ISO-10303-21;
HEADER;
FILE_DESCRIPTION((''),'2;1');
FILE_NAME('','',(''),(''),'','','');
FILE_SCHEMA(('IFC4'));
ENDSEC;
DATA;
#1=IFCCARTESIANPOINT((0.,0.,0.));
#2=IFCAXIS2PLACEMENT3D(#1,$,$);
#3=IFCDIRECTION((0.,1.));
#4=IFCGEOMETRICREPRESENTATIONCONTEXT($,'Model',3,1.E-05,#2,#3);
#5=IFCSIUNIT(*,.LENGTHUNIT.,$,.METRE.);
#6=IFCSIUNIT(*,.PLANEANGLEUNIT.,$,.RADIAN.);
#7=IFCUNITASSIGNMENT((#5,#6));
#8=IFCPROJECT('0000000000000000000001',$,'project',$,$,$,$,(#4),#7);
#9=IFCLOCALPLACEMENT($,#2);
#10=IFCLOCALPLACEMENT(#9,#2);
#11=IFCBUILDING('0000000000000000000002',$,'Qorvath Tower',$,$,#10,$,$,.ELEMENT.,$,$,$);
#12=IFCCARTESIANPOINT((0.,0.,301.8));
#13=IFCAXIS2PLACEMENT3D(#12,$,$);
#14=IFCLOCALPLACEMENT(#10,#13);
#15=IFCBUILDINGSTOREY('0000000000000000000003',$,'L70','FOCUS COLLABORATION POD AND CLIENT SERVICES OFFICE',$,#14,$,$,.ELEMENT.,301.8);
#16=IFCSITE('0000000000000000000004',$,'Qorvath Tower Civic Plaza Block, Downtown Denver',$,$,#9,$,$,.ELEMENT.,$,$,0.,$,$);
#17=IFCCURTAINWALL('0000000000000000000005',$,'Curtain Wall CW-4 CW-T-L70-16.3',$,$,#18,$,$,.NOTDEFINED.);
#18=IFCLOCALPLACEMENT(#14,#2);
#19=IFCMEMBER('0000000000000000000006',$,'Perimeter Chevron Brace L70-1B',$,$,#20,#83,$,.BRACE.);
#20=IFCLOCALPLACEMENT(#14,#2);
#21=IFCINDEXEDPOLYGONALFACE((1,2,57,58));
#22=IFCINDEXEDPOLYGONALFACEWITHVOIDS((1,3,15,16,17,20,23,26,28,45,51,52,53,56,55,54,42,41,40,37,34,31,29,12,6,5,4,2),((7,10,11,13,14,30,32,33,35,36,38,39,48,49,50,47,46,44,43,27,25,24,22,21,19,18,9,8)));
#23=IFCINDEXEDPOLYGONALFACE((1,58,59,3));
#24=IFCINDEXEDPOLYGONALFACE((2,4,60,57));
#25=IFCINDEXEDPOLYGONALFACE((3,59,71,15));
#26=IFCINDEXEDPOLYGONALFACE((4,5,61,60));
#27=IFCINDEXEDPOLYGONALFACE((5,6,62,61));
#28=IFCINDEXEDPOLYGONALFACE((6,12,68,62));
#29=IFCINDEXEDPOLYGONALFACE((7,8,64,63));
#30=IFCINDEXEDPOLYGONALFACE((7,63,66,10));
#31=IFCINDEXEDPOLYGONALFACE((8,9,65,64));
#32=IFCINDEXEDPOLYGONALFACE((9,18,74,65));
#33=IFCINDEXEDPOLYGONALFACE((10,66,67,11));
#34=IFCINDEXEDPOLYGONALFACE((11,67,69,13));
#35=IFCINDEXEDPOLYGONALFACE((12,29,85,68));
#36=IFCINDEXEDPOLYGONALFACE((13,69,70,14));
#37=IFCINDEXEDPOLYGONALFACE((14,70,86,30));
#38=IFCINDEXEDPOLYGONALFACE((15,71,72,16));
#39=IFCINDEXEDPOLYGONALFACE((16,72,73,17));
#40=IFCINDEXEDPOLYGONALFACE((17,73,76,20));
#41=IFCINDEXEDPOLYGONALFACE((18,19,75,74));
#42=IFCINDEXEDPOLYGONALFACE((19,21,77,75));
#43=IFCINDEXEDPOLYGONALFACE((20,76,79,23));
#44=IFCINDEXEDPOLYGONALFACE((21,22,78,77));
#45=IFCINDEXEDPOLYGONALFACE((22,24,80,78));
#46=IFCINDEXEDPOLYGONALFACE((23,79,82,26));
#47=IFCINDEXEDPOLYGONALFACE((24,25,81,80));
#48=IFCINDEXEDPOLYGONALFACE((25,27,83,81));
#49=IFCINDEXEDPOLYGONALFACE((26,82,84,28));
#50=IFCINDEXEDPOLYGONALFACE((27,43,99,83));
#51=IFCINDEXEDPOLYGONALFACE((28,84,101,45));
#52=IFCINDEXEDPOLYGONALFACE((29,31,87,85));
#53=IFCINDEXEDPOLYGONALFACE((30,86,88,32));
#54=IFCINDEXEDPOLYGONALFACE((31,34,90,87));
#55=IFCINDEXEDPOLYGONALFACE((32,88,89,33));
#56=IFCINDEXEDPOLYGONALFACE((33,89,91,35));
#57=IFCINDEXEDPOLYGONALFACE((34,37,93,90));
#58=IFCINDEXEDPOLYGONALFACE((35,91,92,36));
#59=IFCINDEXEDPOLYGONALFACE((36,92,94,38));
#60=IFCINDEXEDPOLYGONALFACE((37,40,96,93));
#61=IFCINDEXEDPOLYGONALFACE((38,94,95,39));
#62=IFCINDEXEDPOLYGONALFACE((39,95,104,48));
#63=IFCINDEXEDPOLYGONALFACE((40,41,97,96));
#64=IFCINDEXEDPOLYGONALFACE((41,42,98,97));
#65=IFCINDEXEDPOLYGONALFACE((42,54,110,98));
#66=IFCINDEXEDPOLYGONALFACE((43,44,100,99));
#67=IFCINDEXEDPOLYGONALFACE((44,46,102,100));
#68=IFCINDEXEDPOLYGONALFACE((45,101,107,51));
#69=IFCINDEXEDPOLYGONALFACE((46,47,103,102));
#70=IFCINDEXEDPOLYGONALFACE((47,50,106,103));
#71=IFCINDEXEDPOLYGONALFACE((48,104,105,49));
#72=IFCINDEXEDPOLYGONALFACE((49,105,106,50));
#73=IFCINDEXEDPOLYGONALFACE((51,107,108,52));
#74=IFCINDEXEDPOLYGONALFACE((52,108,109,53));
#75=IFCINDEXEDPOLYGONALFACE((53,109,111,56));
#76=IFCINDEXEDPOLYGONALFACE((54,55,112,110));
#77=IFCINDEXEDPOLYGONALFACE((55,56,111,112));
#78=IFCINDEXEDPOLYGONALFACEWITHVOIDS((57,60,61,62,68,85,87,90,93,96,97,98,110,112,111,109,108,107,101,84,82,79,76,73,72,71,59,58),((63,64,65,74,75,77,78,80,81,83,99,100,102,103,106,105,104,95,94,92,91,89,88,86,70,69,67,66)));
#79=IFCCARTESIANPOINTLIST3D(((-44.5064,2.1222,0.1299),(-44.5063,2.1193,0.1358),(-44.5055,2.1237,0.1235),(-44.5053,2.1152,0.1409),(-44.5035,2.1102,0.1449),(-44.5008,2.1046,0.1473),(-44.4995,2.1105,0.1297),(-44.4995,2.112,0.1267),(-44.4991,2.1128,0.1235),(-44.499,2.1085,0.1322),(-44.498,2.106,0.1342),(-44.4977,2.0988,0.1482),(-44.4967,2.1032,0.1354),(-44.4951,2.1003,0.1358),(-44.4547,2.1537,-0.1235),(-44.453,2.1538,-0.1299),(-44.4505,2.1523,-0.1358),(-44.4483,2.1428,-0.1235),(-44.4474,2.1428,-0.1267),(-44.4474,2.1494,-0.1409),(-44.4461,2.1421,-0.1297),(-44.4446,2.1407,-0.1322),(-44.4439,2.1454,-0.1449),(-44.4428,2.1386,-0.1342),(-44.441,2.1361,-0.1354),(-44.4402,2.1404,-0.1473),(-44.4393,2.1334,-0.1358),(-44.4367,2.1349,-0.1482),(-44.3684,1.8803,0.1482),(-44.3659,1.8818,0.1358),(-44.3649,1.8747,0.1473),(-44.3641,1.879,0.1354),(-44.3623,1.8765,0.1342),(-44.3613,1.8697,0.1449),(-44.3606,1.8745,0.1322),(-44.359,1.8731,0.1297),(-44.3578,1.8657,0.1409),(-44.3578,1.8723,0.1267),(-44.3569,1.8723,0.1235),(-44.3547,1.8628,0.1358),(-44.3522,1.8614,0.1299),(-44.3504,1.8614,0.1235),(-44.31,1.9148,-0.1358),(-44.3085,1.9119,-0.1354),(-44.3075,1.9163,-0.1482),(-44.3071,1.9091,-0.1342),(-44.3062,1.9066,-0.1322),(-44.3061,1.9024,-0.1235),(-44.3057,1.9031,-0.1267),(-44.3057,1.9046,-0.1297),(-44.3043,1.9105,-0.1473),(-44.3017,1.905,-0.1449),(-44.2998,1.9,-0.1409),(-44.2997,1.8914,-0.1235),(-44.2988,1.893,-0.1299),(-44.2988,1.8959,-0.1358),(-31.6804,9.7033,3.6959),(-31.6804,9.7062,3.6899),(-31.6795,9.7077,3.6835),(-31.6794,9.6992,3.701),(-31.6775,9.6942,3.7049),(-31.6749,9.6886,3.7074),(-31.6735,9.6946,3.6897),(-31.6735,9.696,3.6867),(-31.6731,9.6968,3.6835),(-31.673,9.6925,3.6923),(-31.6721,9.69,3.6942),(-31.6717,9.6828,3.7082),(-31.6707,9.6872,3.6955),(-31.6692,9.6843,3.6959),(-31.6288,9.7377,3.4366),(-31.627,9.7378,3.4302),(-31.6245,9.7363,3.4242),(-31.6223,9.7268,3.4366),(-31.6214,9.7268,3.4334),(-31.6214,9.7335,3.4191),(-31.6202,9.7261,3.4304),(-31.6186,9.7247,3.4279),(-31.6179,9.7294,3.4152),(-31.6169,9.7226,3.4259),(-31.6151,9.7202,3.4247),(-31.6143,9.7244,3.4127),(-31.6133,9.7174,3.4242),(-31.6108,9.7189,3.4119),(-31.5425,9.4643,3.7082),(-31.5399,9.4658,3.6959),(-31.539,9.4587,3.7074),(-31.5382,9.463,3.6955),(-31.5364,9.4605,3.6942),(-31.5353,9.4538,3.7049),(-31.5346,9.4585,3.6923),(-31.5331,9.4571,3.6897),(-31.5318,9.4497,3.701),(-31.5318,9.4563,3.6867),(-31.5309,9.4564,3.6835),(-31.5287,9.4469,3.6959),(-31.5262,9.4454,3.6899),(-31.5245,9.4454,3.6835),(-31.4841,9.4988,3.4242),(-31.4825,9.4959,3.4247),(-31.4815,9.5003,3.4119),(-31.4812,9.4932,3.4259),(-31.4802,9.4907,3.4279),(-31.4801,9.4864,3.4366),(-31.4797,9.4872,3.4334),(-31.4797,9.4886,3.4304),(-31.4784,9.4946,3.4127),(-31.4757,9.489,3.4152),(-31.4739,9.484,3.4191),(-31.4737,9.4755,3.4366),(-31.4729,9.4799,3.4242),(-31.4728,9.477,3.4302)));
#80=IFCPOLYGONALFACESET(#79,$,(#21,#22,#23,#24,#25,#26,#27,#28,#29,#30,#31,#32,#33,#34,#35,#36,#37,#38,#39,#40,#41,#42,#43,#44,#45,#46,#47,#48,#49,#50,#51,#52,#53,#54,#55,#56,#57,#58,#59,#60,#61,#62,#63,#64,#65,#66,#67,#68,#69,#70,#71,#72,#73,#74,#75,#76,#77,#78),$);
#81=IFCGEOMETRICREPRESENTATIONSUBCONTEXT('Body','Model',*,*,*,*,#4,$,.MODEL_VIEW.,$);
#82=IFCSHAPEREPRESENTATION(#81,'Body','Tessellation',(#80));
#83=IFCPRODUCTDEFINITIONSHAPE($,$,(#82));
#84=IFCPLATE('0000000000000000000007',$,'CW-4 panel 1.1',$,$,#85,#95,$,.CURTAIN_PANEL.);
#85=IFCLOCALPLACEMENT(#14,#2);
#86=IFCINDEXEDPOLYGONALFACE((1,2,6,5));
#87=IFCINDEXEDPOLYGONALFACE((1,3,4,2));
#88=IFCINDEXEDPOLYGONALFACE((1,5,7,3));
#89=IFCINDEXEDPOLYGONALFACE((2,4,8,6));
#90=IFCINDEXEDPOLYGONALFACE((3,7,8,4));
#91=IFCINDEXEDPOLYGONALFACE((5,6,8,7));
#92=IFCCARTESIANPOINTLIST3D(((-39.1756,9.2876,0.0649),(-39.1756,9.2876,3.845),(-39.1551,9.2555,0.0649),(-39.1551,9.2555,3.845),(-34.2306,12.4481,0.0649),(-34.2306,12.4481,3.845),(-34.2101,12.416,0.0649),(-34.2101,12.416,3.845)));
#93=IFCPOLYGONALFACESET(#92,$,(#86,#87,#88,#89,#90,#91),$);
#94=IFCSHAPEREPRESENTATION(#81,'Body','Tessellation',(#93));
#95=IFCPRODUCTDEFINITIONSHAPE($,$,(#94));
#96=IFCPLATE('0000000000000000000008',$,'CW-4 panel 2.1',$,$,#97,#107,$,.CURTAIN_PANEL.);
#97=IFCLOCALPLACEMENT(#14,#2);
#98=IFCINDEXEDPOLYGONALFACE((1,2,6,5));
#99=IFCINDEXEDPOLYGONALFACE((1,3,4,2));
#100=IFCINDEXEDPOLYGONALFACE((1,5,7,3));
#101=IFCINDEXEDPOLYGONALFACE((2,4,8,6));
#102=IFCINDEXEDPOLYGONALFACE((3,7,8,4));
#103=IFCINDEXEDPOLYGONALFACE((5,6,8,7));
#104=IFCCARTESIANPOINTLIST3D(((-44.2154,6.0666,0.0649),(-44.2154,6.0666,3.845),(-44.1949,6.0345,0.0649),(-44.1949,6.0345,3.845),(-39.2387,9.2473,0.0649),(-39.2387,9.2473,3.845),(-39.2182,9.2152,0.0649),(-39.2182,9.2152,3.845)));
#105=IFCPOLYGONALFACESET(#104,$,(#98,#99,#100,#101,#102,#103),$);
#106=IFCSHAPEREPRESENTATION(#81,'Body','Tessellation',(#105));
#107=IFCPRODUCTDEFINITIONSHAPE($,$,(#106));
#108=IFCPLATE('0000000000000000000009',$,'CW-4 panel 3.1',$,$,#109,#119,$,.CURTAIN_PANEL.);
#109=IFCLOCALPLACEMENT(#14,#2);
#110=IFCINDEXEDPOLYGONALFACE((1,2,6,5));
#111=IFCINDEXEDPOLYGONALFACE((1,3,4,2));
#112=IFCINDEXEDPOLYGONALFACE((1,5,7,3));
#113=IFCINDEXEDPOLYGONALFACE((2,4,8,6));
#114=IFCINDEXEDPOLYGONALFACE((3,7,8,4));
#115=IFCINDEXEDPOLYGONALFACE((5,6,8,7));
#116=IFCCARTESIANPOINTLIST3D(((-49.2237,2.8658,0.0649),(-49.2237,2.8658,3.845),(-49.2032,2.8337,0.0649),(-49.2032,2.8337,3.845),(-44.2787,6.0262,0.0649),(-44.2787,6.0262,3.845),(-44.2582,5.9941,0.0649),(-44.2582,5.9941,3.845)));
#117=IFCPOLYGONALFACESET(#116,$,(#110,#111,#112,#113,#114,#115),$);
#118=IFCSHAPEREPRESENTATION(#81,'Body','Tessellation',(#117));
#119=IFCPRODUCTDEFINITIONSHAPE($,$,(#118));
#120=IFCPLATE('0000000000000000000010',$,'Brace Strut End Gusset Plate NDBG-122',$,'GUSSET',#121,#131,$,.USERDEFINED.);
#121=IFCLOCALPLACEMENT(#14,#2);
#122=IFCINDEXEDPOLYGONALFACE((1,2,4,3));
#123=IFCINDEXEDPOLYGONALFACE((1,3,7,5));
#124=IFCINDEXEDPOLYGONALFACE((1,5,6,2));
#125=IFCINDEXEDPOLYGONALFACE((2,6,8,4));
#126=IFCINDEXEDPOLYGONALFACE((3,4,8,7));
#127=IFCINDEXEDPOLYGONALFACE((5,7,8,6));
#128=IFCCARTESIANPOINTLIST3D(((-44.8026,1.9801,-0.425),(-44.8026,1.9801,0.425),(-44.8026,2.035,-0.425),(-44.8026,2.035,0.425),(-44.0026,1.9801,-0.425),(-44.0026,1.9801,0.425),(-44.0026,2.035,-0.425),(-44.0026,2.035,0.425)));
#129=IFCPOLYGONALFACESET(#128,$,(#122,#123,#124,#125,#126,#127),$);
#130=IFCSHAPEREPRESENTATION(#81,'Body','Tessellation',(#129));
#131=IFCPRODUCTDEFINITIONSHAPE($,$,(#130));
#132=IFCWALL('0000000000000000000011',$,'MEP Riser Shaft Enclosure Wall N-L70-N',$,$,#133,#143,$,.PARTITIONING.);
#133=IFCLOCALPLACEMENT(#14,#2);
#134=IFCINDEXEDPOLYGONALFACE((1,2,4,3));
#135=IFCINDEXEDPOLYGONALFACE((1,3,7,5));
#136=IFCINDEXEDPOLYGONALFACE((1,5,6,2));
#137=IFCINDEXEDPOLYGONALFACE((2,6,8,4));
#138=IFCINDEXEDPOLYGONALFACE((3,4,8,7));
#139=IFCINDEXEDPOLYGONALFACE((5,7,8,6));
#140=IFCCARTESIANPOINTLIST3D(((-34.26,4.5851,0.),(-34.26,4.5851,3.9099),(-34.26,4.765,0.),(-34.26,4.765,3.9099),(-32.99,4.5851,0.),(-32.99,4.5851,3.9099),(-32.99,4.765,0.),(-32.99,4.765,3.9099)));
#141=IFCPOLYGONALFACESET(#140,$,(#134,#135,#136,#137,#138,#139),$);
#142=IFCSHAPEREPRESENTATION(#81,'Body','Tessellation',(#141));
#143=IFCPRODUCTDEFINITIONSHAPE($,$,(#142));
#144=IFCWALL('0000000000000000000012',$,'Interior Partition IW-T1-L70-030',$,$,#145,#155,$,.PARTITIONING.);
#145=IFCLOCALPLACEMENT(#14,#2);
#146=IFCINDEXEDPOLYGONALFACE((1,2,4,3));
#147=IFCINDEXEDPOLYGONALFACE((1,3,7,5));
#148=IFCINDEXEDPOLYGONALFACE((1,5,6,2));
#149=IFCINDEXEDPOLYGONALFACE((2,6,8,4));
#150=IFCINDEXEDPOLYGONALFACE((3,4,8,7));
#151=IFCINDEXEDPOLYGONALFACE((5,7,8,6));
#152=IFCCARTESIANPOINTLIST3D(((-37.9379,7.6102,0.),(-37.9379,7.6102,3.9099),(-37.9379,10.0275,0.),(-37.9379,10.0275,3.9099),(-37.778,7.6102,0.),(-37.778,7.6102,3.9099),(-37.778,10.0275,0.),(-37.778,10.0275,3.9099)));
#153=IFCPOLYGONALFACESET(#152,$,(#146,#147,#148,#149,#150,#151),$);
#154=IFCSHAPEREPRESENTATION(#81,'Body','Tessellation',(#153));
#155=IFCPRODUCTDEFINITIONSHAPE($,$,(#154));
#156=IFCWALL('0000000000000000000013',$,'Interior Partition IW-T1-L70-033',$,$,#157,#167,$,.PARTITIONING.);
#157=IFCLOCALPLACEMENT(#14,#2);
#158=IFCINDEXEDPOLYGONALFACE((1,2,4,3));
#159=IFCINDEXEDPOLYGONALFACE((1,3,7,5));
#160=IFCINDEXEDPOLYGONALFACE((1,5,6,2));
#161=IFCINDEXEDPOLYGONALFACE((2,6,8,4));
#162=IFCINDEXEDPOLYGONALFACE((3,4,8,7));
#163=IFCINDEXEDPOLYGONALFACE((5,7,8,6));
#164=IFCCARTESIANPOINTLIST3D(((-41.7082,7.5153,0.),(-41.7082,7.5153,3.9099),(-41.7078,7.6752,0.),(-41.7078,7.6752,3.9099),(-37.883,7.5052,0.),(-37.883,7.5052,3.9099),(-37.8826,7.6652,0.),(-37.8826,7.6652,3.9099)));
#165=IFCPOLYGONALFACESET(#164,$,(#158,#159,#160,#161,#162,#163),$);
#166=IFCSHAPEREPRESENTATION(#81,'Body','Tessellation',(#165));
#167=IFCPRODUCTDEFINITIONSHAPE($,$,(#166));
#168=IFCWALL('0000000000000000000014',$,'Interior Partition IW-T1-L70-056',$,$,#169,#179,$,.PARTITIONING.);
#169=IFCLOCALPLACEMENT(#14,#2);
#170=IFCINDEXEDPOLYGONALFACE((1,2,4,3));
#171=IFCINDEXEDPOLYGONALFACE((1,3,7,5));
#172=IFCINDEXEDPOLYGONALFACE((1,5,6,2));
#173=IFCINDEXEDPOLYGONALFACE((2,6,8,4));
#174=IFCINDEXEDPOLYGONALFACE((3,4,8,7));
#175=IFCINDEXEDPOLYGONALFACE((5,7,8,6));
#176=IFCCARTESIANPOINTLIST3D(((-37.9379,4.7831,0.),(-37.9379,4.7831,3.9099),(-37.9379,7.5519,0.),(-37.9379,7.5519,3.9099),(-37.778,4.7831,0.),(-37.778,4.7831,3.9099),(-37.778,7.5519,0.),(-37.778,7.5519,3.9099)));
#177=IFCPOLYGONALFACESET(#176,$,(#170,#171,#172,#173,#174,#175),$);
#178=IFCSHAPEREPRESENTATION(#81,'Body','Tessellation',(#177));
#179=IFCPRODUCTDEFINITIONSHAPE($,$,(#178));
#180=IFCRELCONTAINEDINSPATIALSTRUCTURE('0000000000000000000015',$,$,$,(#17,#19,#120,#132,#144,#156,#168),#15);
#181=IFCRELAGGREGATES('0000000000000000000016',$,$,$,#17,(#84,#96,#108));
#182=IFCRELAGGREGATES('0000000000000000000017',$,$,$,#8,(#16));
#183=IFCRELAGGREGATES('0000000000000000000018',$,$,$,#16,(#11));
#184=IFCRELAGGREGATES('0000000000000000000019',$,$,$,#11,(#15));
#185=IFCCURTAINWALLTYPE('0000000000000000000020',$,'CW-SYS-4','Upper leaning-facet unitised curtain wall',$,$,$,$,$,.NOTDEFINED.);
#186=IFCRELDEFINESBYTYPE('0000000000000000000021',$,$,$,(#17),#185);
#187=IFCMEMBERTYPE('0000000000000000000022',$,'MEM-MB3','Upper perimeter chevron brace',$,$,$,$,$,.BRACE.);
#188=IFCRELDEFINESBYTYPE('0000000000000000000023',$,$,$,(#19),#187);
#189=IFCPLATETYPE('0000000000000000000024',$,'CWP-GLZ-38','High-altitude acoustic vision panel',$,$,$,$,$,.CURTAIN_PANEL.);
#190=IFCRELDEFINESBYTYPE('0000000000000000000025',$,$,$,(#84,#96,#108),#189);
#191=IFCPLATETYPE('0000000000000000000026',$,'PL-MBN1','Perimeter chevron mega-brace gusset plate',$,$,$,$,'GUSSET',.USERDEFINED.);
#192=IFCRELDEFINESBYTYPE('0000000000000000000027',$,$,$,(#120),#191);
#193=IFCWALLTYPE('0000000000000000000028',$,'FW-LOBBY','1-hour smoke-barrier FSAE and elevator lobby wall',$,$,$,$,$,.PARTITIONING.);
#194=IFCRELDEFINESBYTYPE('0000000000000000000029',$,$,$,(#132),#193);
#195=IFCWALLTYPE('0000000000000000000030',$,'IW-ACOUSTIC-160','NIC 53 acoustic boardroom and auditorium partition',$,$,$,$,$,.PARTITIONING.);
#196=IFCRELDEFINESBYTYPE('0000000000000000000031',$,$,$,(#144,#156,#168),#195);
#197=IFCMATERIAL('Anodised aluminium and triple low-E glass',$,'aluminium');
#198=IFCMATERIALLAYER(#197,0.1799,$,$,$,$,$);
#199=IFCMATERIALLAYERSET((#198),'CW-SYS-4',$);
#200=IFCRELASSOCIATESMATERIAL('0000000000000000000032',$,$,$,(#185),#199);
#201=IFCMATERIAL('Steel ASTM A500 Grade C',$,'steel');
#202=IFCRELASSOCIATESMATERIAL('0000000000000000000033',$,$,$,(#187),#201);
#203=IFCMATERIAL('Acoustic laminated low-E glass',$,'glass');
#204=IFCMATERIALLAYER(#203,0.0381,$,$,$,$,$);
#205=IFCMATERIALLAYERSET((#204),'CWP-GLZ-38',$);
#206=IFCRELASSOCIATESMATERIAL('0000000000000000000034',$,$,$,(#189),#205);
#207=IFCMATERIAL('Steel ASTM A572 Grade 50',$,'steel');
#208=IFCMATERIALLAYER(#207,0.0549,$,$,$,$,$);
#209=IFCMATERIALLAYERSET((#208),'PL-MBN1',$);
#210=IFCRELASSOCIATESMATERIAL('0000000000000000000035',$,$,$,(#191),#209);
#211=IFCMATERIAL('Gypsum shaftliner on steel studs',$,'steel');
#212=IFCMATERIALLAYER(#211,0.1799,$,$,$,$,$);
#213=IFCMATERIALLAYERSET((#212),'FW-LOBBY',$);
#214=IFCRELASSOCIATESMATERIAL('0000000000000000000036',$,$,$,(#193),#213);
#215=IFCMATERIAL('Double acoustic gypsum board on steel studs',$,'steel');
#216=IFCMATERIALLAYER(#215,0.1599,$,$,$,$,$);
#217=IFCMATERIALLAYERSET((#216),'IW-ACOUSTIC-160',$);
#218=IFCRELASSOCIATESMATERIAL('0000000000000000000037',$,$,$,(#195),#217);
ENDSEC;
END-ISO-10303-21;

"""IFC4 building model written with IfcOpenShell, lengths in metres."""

from ifc_helpers import new_model, si_unit, direction, frame, frame_2d, origin, origin_2d, place, context, subcontext, project, spatial, rectangle, hollow_rectangle, extrude, material, layer, layer_set, material_profile, profile_set, type_object, element, aggregate, save


model = new_model("IFC4")

# Units and contexts
model_context = context("Model", 3, precision=1e-05, world=origin(), true_north=direction((0.0, 1.0)))
body_context = subcontext(model_context, "Body", "Model", "MODEL_VIEW")
ifc_project = project(units=[si_unit("LENGTHUNIT", "METRE"), si_unit("PLANEANGLEUNIT", "RADIAN")], contexts=[model_context])

# Site, building, storey
site_placement = place(None, origin())
site = spatial("IfcSite", under=ifc_project, at=site_placement, Name="Qorvath Tower Civic Plaza Block, Downtown Denver", CompositionType="ELEMENT", RefElevation=0.0)
building_placement = place(site_placement, origin())
building = spatial("IfcBuilding", under=site, at=building_placement, Name="Qorvath Tower", CompositionType="ELEMENT")
storey_placement = place(building_placement, frame((0.0, 0.0, 301.8)))
storey = spatial("IfcBuildingStorey", under=building, at=storey_placement, Name="L70", Description="FOCUS COLLABORATION POD AND CLIENT SERVICES OFFICE", CompositionType="ELEMENT", Elevation=301.8)

# Curtain wall
ifc_material_1 = material(Name="Anodised aluminium and triple low-E glass", Category="aluminium")
ifc_layer_1 = layer(ifc_material_1, 0.1799)
ifc_layer_set_1 = layer_set([ifc_layer_1], Name="CW-SYS-4")
curtain_wall_type = type_object("IfcCurtainWallType", Name="CW-SYS-4", Description="Upper leaning-facet unitised curtain wall", PredefinedType="NOTDEFINED", material=ifc_layer_set_1)
curtain_wall_placement = place(storey_placement, origin())
curtain_wall = element("IfcCurtainWall", 1, at=curtain_wall_placement, inside=storey, type_object=curtain_wall_type, Name="Curtain Wall CW-4 CW-T-L70-16.3", PredefinedType="NOTDEFINED")

# Member
ifc_material_2 = material(Name="Steel ASTM A500 Grade C", Category="steel")
ifc_material_profile_1 = material_profile(ifc_material_2, hollow_rectangle(XDim=0.3047, YDim=0.3047, WallThickness=0.0127, InnerFilletRadius=0.0127, OuterFilletRadius=0.0254, at=origin_2d()), Name="HSS 305x305x12.7")
ifc_profile_set_1 = profile_set([ifc_material_profile_1], Name="Steel ASTM A500 Grade C")
member_type_1 = type_object("IfcMemberType", Name="MEM-MB3", Description="Upper perimeter chevron brace", PredefinedType="BRACE", material=ifc_profile_set_1)
member_1_placement = place(storey_placement, frame((-44.4026, 2.0076, 0.0), z_axis=(0.837214, 0.495046, 0.232383), x_axis=(-0.508979, 0.860779, 0.0)))
element("IfcMember", 2, at=member_1_placement, inside=storey, type_object=member_type_1, Name="Perimeter Chevron Brace L70-1B", PredefinedType="BRACE", context=body_context, shape_type="SweptSolid", body=[
    extrude(hollow_rectangle(XDim=0.3047, YDim=0.3047, WallThickness=0.0127, InnerFilletRadius=0.0127, OuterFilletRadius=0.0254, at=origin_2d()), origin(), (0.0, 0.0, 1.0), 15.3198),
])

# Plates
ifc_material_3 = material(Name="Acoustic laminated low-E glass", Category="glass")
ifc_layer_2 = layer(ifc_material_3, 0.0381)
ifc_layer_set_2 = layer_set([ifc_layer_2], Name="CWP-GLZ-38")
plate_type_1 = type_object("IfcPlateType", Name="CWP-GLZ-38", Description="High-altitude acoustic vision panel", PredefinedType="CURTAIN_PANEL", material=ifc_layer_set_2)
plate_1_placement = place(storey_placement, frame((-36.6929, 10.8518, 0.0649), z_axis=(0.0, 0.0, 1.0), x_axis=(-0.842608, -0.538527, 0.0)))
plate_1 = element("IfcPlate", 3, at=plate_1_placement, type_object=plate_type_1, Name="CW-4 panel 1.1", PredefinedType="CURTAIN_PANEL", context=body_context, shape_type="SweptSolid", body=[
    extrude(rectangle(XDim=5.8687, YDim=0.0381, at=origin_2d()), origin(), (0.0, 0.0, 1.0), 3.78),
])
plate_2_placement = place(storey_placement, frame((-41.7168, 7.6409, 0.0649), z_axis=(0.0, 0.0, 1.0), x_axis=(-0.842608, -0.538527, 0.0)))
plate_2 = element("IfcPlate", 4, at=plate_2_placement, type_object=plate_type_1, Name="CW-4 panel 2.1", PredefinedType="CURTAIN_PANEL", context=body_context, shape_type="SweptSolid", body=[
    extrude(rectangle(XDim=5.9062, YDim=0.0381, at=origin_2d()), origin(), (0.0, 0.0, 1.0), 3.78),
])
plate_3_placement = place(storey_placement, frame((-46.741, 4.4299, 0.0649), z_axis=(0.0, 0.0, 1.0), x_axis=(-0.842608, -0.538527, 0.0)))
plate_3 = element("IfcPlate", 5, at=plate_3_placement, type_object=plate_type_1, Name="CW-4 panel 3.1", PredefinedType="CURTAIN_PANEL", context=body_context, shape_type="SweptSolid", body=[
    extrude(rectangle(XDim=5.8687, YDim=0.0381, at=origin_2d()), origin(), (0.0, 0.0, 1.0), 3.78),
])
aggregate(curtain_wall, [plate_1, plate_2, plate_3])
ifc_material_4 = material(Name="Steel ASTM A572 Grade 50", Category="steel")
ifc_layer_3 = layer(ifc_material_4, 0.0549)
ifc_layer_set_3 = layer_set([ifc_layer_3], Name="PL-MBN1")
plate_type_2 = type_object("IfcPlateType", Name="PL-MBN1", Description="Perimeter chevron mega-brace gusset plate", ElementType="GUSSET", PredefinedType="USERDEFINED", material=ifc_layer_set_3)
plate_4_placement = place(storey_placement, frame((-44.4026, 2.0076, -0.425), z_axis=(0.0, 0.0, 1.0), x_axis=(1.0, 0.0, 0.0)))
element("IfcPlate", 6, at=plate_4_placement, inside=storey, type_object=plate_type_2, Name="Brace Strut End Gusset Plate NDBG-122", ObjectType="GUSSET", PredefinedType="USERDEFINED", context=body_context, shape_type="SweptSolid", body=[
    extrude(rectangle(XDim=0.8, YDim=0.0549, at=origin_2d()), origin(), (0.0, 0.0, 1.0), 0.8501),
])

# Walls
ifc_material_5 = material(Name="Gypsum shaftliner on steel studs", Category="steel")
ifc_layer_4 = layer(ifc_material_5, 0.1799)
ifc_layer_set_4 = layer_set([ifc_layer_4], Name="FW-LOBBY")
wall_type_1 = type_object("IfcWallType", Name="FW-LOBBY", Description="1-hour smoke-barrier FSAE and elevator lobby wall", PredefinedType="PARTITIONING", material=ifc_layer_set_4)
wall_1_placement = place(storey_placement, frame((-34.26, 4.675, 0.0), z_axis=(0.0, 0.0, 1.0), x_axis=(1.0, 0.0, 0.0)))
element("IfcWall", 7, at=wall_1_placement, inside=storey, type_object=wall_type_1, Name="MEP Riser Shaft Enclosure Wall N-L70-N", PredefinedType="PARTITIONING", context=body_context, shape_type="SweptSolid", body=[
    extrude(rectangle(XDim=1.27, YDim=0.1799, at=frame_2d((0.635, 0.0))), origin(), (0.0, 0.0, 1.0), 3.9099),
])
ifc_material_6 = material(Name="Double acoustic gypsum board on steel studs", Category="steel")
ifc_layer_5 = layer(ifc_material_6, 0.1599)
ifc_layer_set_5 = layer_set([ifc_layer_5], Name="IW-ACOUSTIC-160")
wall_type_2 = type_object("IfcWallType", Name="IW-ACOUSTIC-160", Description="NIC 53 acoustic boardroom and auditorium partition", PredefinedType="PARTITIONING", material=ifc_layer_set_5)
wall_2_placement = place(storey_placement, frame((-37.8579, 10.0273, 0.0), z_axis=(0.0, 0.0, 1.0), x_axis=(0.0, -1.0, 0.0)))
element("IfcWall", 8, at=wall_2_placement, inside=storey, type_object=wall_type_2, Name="Interior Partition IW-T1-L70-030", PredefinedType="PARTITIONING", context=body_context, shape_type="SweptSolid", body=[
    extrude(rectangle(XDim=2.4172, YDim=0.1599, at=frame_2d((1.2085, 0.0))), origin(), (0.0, 0.0, 1.0), 3.9099),
])
wall_3_placement = place(storey_placement, frame((-41.708, 7.5952, 0.0), z_axis=(0.0, 0.0, 1.0), x_axis=(0.999997, -0.002617, 0.0)))
element("IfcWall", 9, at=wall_3_placement, inside=storey, type_object=wall_type_2, Name="Interior Partition IW-T1-L70-033", PredefinedType="PARTITIONING", context=body_context, shape_type="SweptSolid", body=[
    extrude(rectangle(XDim=3.8252, YDim=0.1599, at=frame_2d((1.9126, 0.0))), origin(), (0.0, 0.0, 1.0), 3.9099),
])
wall_4_placement = place(storey_placement, frame((-37.8579, 4.7832, 0.0), z_axis=(0.0, 0.0, 1.0), x_axis=(0.0, 1.0, 0.0)))
element("IfcWall", 10, at=wall_4_placement, inside=storey, type_object=wall_type_2, Name="Interior Partition IW-T1-L70-056", PredefinedType="PARTITIONING", context=body_context, shape_type="SweptSolid", body=[
    extrude(rectangle(XDim=2.7688, YDim=0.1599, at=frame_2d((1.3843, 0.0))), origin(), (0.0, 0.0, 1.0), 3.9099),
])

save(model, "model.ifc")
